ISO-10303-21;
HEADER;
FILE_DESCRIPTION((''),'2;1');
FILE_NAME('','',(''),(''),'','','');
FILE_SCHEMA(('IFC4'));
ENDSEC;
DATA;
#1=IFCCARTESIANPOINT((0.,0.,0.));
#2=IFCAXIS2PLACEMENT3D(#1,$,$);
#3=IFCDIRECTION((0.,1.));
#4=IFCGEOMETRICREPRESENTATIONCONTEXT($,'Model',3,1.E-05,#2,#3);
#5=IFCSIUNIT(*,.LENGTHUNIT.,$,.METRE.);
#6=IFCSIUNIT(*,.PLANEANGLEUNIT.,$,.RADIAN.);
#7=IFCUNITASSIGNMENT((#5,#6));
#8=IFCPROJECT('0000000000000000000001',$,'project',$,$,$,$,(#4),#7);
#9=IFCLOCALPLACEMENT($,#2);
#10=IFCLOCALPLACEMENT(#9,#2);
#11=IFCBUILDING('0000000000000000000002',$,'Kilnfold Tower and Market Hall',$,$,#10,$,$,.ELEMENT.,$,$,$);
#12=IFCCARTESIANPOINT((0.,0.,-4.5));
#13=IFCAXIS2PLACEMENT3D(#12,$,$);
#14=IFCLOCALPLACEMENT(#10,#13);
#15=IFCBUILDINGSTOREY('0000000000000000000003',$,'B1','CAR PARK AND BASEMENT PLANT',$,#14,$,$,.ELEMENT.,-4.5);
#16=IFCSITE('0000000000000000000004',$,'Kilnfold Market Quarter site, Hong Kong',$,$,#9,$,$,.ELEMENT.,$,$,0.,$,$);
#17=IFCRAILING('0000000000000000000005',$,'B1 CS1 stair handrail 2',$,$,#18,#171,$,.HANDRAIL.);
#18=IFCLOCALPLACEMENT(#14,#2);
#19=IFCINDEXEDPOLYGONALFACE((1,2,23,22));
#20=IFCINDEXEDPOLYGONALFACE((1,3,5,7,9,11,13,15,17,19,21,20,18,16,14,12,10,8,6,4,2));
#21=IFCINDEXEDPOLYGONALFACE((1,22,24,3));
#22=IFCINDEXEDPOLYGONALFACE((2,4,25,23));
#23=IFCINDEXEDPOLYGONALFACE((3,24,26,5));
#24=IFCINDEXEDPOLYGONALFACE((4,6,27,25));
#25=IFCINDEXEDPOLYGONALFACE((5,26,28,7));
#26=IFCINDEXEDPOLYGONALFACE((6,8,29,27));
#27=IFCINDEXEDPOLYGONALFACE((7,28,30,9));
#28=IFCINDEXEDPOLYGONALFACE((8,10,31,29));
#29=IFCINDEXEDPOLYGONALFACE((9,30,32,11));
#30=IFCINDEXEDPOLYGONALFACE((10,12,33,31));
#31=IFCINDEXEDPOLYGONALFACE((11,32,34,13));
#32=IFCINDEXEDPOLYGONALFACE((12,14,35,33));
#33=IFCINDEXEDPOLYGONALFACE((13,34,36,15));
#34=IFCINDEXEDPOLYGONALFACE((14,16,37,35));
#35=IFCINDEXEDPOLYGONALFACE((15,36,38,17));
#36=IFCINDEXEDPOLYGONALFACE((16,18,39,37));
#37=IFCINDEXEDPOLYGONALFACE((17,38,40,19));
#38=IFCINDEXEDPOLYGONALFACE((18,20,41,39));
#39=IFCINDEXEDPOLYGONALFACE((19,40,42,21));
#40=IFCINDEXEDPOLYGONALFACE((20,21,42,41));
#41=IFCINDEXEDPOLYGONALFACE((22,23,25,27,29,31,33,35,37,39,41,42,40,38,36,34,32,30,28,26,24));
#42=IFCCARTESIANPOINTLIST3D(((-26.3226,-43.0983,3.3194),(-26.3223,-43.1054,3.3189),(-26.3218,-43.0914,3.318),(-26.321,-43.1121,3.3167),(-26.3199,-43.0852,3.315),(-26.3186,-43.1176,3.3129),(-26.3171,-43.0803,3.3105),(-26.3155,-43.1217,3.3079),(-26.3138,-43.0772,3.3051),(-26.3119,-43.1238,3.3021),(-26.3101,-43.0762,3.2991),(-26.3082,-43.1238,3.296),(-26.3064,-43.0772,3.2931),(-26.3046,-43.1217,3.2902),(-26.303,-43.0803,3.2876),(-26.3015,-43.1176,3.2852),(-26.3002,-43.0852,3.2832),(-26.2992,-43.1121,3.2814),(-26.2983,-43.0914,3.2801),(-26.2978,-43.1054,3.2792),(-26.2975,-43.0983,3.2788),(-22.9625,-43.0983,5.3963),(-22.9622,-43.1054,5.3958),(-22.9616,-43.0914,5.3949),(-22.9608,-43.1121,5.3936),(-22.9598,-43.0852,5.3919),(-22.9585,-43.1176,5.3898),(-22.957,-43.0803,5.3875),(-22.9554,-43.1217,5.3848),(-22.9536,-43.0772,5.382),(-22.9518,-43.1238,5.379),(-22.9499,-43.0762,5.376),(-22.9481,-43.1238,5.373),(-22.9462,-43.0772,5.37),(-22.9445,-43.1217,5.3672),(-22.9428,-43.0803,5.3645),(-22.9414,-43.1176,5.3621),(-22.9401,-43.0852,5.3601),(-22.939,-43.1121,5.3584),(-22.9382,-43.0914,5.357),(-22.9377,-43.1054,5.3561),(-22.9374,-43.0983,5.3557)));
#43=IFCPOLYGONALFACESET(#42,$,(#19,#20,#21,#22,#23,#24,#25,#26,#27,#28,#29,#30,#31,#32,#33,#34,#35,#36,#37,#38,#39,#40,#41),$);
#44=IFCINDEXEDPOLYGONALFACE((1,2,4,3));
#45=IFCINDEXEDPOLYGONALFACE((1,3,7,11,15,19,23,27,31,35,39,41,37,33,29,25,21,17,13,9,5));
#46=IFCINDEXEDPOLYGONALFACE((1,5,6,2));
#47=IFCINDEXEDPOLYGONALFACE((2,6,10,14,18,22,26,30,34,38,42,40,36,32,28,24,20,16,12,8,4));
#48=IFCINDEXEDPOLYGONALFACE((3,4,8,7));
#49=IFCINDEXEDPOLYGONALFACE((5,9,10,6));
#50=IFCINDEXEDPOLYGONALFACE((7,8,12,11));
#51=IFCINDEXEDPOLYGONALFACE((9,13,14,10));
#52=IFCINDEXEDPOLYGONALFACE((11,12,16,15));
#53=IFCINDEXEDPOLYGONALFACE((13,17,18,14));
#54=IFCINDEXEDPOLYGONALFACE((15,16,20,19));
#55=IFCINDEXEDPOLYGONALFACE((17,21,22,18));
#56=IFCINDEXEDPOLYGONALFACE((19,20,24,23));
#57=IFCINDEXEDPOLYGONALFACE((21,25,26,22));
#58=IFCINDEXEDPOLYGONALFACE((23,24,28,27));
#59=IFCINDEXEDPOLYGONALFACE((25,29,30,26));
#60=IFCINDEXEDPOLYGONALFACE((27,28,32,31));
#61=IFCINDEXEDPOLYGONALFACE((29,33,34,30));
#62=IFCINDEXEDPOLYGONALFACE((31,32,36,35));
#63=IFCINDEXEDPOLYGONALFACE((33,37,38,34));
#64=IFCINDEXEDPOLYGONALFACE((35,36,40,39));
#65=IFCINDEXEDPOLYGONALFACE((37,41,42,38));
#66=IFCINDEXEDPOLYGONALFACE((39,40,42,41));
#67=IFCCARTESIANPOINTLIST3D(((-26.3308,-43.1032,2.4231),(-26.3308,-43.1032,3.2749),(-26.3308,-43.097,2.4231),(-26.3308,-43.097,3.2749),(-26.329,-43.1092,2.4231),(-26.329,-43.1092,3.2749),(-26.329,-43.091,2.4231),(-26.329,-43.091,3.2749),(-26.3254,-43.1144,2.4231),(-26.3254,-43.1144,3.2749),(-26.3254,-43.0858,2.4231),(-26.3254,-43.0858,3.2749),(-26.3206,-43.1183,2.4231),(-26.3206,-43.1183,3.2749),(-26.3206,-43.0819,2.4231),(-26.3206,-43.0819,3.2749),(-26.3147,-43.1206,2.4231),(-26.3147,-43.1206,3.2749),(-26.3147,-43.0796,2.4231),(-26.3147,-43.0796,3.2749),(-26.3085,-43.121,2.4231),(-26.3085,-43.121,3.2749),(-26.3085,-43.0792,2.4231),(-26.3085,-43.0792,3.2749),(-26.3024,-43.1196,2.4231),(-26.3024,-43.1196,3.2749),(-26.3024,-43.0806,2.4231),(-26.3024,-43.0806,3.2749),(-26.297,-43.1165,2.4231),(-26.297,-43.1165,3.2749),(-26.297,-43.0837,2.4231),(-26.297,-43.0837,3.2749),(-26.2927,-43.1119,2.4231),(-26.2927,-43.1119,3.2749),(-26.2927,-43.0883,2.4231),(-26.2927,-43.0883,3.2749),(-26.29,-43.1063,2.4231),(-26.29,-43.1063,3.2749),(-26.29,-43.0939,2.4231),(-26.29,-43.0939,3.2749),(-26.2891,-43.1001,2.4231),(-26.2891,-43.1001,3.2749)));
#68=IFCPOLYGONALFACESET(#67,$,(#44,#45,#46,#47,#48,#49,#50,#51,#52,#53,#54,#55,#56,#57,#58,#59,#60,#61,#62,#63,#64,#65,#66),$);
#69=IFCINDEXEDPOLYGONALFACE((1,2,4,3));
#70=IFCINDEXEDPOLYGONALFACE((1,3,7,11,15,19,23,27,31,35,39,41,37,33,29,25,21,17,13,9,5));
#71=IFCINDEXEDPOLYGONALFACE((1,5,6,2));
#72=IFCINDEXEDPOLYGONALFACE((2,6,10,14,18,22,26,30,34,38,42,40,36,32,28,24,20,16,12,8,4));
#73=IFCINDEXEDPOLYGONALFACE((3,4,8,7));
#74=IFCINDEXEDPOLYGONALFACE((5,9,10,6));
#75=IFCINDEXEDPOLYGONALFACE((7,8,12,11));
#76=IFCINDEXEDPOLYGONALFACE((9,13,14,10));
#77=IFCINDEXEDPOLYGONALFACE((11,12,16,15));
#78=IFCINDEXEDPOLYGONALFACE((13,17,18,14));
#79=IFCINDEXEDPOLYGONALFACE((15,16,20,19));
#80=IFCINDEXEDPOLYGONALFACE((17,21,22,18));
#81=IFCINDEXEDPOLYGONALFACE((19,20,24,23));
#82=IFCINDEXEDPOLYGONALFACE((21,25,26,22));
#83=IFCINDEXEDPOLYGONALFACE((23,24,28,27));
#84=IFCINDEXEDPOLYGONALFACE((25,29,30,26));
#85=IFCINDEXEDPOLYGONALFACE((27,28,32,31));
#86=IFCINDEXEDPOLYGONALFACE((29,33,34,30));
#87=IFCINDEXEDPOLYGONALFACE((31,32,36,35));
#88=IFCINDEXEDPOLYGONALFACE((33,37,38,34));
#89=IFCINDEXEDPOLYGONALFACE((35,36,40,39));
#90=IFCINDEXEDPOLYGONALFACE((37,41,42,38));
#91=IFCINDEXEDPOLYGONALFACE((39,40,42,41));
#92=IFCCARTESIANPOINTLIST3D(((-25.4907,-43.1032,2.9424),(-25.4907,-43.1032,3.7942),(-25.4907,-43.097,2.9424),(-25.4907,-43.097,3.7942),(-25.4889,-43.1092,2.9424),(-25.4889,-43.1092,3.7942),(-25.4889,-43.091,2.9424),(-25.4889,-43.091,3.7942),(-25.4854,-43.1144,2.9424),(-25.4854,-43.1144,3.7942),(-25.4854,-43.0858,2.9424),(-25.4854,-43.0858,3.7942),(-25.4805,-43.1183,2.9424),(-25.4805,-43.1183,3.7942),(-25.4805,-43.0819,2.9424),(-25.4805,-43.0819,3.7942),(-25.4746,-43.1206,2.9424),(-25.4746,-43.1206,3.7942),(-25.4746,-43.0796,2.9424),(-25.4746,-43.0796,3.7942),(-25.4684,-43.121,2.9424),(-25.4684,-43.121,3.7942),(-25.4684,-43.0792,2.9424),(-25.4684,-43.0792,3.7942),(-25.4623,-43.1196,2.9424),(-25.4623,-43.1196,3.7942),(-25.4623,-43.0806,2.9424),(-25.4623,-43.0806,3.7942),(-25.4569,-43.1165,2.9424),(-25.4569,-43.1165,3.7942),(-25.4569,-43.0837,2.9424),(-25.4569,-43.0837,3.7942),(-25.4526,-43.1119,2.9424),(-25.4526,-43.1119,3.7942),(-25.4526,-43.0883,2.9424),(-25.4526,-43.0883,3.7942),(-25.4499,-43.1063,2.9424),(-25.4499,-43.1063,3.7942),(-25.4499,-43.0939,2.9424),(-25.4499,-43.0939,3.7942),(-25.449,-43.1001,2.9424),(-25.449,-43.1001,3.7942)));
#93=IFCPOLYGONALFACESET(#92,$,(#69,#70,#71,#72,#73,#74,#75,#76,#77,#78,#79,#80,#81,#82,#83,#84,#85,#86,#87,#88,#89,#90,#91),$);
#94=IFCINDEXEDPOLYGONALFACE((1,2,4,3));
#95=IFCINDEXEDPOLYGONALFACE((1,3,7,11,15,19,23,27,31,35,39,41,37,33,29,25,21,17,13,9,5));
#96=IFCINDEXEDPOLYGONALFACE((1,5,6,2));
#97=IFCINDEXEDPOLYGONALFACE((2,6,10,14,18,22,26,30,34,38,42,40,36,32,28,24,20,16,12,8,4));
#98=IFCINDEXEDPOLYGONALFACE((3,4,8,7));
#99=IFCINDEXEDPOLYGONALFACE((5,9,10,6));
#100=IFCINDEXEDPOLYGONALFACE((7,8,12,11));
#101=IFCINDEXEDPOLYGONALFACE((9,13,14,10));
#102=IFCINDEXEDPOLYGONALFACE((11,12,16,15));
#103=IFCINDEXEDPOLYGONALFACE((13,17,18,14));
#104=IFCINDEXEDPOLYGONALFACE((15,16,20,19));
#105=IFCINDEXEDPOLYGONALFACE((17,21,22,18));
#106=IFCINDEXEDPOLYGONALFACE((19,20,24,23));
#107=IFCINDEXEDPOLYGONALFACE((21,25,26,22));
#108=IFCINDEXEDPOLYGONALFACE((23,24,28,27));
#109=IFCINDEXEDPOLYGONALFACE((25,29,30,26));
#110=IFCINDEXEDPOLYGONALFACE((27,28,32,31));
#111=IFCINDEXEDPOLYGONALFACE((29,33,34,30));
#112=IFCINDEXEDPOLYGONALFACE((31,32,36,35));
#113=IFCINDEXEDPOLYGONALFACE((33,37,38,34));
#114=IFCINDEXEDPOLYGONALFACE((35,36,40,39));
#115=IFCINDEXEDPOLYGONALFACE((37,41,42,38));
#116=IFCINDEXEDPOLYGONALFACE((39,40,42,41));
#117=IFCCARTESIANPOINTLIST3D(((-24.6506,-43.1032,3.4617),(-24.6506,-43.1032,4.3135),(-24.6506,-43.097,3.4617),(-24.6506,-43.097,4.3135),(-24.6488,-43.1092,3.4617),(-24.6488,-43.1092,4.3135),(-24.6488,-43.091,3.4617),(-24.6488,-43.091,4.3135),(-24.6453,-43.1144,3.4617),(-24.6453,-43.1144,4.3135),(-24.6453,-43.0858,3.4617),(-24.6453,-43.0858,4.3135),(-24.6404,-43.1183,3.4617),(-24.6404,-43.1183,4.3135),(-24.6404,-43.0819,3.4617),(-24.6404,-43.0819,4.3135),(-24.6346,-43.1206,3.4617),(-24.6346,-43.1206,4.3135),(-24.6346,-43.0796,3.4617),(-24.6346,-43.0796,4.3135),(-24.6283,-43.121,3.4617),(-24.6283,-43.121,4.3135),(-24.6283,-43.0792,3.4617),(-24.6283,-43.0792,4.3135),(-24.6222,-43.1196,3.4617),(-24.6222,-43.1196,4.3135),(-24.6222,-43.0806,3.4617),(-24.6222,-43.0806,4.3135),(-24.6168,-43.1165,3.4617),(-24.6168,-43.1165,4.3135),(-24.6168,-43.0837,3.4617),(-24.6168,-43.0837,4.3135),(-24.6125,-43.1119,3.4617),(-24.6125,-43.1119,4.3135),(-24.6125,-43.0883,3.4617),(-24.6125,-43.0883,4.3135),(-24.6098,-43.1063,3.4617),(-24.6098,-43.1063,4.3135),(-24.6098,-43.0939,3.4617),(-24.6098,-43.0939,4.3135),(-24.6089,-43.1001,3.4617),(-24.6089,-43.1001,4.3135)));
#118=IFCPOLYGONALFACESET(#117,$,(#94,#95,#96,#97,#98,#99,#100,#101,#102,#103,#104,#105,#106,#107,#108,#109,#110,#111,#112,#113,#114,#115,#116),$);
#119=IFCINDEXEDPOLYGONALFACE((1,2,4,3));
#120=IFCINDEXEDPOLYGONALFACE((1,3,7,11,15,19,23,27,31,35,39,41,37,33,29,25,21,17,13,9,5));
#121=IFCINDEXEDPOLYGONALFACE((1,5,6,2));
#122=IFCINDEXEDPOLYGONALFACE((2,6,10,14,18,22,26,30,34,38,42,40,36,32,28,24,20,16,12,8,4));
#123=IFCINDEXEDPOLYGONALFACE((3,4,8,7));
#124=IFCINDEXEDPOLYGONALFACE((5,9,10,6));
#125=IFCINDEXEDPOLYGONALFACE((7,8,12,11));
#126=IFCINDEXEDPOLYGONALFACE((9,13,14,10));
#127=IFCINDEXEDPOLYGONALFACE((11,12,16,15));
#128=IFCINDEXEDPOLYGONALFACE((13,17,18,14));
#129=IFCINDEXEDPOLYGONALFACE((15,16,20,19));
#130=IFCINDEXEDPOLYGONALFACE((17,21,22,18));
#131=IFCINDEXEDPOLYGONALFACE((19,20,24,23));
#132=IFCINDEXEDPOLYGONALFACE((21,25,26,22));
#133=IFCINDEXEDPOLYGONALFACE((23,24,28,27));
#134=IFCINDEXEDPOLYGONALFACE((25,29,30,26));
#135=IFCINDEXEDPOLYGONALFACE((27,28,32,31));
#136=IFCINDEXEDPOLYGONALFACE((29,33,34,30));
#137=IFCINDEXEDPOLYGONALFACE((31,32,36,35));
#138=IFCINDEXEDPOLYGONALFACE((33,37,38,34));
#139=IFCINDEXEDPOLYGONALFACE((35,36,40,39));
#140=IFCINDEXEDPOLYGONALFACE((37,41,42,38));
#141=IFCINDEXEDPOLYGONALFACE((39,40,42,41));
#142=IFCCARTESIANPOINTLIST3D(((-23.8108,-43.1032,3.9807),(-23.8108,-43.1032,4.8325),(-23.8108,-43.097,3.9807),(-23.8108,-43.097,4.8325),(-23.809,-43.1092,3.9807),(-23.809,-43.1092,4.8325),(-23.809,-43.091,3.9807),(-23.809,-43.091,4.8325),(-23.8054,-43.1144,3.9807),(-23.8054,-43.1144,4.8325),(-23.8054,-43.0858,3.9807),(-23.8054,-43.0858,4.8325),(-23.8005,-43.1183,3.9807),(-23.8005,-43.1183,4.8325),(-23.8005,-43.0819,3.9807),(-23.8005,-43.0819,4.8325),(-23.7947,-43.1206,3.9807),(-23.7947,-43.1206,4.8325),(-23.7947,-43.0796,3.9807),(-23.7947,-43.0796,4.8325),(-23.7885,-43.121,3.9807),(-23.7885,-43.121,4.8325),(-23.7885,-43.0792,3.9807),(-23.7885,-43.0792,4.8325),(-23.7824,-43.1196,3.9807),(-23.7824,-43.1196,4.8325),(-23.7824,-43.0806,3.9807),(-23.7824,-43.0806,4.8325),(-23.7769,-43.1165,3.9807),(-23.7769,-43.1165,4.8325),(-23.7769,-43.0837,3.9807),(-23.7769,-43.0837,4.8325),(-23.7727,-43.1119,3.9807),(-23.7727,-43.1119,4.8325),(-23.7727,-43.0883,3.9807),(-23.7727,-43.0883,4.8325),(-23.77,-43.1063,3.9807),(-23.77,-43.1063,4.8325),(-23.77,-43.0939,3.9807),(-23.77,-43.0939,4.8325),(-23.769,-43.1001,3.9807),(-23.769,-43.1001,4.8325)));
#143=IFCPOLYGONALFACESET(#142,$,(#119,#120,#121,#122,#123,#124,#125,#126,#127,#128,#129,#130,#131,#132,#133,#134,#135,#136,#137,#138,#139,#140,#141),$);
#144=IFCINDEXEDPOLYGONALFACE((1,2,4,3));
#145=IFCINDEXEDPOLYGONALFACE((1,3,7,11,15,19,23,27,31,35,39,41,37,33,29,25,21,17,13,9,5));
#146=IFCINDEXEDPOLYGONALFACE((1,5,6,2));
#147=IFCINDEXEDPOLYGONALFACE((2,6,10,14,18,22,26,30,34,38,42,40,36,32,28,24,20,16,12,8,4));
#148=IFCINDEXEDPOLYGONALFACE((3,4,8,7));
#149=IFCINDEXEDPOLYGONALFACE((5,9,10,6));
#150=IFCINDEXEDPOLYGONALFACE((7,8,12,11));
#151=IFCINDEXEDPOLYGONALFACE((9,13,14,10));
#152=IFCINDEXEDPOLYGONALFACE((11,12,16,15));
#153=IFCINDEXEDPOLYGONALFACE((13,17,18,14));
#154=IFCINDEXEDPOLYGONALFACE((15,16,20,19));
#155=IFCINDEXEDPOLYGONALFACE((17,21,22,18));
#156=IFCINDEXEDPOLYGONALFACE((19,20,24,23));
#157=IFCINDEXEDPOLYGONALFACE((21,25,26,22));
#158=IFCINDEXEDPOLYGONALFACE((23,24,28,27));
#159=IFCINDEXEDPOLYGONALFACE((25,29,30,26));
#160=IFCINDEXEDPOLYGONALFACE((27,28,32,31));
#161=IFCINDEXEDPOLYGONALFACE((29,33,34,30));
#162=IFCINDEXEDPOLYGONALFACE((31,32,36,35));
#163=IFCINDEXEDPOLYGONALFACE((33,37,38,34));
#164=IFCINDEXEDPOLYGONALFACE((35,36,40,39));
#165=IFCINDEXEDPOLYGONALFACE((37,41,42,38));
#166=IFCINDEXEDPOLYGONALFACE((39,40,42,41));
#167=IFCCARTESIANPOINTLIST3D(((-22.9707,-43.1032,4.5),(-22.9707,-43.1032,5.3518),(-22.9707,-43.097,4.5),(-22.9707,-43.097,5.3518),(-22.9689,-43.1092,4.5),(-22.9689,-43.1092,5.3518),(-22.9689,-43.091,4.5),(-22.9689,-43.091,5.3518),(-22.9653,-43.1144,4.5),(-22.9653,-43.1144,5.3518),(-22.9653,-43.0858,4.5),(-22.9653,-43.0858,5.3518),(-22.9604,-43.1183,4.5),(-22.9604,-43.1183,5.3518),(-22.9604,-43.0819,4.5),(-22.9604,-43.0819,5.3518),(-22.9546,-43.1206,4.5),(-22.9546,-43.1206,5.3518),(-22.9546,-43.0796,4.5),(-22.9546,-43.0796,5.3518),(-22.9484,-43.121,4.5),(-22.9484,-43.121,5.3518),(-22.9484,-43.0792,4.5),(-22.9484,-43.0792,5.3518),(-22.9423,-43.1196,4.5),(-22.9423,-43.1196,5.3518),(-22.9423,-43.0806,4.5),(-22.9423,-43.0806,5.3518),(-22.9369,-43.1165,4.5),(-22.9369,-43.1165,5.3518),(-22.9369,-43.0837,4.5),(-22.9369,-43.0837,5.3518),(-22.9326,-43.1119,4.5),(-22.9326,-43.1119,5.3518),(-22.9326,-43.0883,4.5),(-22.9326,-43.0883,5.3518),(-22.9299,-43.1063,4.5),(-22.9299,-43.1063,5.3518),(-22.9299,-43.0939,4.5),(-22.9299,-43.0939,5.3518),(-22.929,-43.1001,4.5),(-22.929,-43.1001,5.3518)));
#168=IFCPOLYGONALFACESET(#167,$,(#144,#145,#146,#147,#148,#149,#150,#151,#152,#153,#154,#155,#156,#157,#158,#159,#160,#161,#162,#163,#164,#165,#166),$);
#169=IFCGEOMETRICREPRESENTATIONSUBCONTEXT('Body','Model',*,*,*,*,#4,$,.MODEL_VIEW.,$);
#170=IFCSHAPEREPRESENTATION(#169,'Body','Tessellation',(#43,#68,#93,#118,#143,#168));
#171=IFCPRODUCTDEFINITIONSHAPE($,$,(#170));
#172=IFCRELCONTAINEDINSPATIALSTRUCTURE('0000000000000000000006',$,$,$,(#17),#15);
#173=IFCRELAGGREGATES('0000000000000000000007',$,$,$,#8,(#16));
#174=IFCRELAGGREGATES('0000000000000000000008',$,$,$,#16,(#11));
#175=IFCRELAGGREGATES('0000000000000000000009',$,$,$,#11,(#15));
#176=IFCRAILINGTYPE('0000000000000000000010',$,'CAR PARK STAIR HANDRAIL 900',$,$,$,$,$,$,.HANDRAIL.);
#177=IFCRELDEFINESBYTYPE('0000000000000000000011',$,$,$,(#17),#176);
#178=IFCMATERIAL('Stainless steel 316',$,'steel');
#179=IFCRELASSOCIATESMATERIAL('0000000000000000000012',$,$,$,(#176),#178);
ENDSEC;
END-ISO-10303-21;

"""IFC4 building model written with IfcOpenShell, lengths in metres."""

from ifc_helpers import new_model, si_unit, direction, frame, origin, origin_2d, place, context, subcontext, project, spatial, circle, extrude, material, type_object, element, save


model = new_model("IFC4")

# Units and contexts
model_context = context("Model", 3, precision=1e-05, world=origin(), true_north=direction((0.0, 1.0)))
body_context = subcontext(model_context, "Body", "Model", "MODEL_VIEW")
ifc_project = project(units=[si_unit("LENGTHUNIT", "METRE"), si_unit("PLANEANGLEUNIT", "RADIAN")], contexts=[model_context])

# Site, building, storey
site_placement = place(None, origin())
site = spatial("IfcSite", under=ifc_project, at=site_placement, Name="Kilnfold Market Quarter site, Hong Kong", CompositionType="ELEMENT", RefElevation=0.0)
building_placement = place(site_placement, origin())
building = spatial("IfcBuilding", under=site, at=building_placement, Name="Kilnfold Tower and Market Hall", CompositionType="ELEMENT")
storey_placement = place(building_placement, frame((0.0, 0.0, -4.5)))
storey = spatial("IfcBuildingStorey", under=building, at=storey_placement, Name="B1", Description="CAR PARK AND BASEMENT PLANT", CompositionType="ELEMENT", Elevation=-4.5)

# Railing
ifc_material_1 = material(Name="Stainless steel 316", Category="steel")
railing_type_1 = type_object("IfcRailingType", Name="CAR PARK STAIR HANDRAIL 900", PredefinedType="HANDRAIL", material=ifc_material_1)
railing_1_placement = place(storey_placement, frame((-26.3101, -43.1001, 2.4231)))
element("IfcRailing", 1, at=railing_1_placement, inside=storey, type_object=railing_type_1, Name="B1 CS1 stair handrail 2", PredefinedType="HANDRAIL", context=body_context, shape_type="SweptSolid", body=[
    extrude(circle(Radius=0.0239, at=origin_2d()), frame((0.0, 0.0, 0.876), z_axis=(0.850623, 0.0, 0.525776), x_axis=(0.0, 1.0, 0.0)), (0.0, 0.0, 1.0), 3.9502),
    extrude(circle(Radius=0.021, at=origin_2d()), origin(), (0.0, 0.0, 1.0), 0.8518),
    extrude(circle(Radius=0.021, at=origin_2d()), frame((0.8401, 0.0, 0.5193)), (0.0, 0.0, 1.0), 0.8518),
    extrude(circle(Radius=0.021, at=origin_2d()), frame((1.6802, 0.0, 1.0386)), (0.0, 0.0, 1.0), 0.8518),
    extrude(circle(Radius=0.021, at=origin_2d()), frame((2.52, 0.0, 1.5576)), (0.0, 0.0, 1.0), 0.8518),
    extrude(circle(Radius=0.021, at=origin_2d()), frame((3.3601, 0.0, 2.0769)), (0.0, 0.0, 1.0), 0.8518),
])

save(model, "model.ifc")
